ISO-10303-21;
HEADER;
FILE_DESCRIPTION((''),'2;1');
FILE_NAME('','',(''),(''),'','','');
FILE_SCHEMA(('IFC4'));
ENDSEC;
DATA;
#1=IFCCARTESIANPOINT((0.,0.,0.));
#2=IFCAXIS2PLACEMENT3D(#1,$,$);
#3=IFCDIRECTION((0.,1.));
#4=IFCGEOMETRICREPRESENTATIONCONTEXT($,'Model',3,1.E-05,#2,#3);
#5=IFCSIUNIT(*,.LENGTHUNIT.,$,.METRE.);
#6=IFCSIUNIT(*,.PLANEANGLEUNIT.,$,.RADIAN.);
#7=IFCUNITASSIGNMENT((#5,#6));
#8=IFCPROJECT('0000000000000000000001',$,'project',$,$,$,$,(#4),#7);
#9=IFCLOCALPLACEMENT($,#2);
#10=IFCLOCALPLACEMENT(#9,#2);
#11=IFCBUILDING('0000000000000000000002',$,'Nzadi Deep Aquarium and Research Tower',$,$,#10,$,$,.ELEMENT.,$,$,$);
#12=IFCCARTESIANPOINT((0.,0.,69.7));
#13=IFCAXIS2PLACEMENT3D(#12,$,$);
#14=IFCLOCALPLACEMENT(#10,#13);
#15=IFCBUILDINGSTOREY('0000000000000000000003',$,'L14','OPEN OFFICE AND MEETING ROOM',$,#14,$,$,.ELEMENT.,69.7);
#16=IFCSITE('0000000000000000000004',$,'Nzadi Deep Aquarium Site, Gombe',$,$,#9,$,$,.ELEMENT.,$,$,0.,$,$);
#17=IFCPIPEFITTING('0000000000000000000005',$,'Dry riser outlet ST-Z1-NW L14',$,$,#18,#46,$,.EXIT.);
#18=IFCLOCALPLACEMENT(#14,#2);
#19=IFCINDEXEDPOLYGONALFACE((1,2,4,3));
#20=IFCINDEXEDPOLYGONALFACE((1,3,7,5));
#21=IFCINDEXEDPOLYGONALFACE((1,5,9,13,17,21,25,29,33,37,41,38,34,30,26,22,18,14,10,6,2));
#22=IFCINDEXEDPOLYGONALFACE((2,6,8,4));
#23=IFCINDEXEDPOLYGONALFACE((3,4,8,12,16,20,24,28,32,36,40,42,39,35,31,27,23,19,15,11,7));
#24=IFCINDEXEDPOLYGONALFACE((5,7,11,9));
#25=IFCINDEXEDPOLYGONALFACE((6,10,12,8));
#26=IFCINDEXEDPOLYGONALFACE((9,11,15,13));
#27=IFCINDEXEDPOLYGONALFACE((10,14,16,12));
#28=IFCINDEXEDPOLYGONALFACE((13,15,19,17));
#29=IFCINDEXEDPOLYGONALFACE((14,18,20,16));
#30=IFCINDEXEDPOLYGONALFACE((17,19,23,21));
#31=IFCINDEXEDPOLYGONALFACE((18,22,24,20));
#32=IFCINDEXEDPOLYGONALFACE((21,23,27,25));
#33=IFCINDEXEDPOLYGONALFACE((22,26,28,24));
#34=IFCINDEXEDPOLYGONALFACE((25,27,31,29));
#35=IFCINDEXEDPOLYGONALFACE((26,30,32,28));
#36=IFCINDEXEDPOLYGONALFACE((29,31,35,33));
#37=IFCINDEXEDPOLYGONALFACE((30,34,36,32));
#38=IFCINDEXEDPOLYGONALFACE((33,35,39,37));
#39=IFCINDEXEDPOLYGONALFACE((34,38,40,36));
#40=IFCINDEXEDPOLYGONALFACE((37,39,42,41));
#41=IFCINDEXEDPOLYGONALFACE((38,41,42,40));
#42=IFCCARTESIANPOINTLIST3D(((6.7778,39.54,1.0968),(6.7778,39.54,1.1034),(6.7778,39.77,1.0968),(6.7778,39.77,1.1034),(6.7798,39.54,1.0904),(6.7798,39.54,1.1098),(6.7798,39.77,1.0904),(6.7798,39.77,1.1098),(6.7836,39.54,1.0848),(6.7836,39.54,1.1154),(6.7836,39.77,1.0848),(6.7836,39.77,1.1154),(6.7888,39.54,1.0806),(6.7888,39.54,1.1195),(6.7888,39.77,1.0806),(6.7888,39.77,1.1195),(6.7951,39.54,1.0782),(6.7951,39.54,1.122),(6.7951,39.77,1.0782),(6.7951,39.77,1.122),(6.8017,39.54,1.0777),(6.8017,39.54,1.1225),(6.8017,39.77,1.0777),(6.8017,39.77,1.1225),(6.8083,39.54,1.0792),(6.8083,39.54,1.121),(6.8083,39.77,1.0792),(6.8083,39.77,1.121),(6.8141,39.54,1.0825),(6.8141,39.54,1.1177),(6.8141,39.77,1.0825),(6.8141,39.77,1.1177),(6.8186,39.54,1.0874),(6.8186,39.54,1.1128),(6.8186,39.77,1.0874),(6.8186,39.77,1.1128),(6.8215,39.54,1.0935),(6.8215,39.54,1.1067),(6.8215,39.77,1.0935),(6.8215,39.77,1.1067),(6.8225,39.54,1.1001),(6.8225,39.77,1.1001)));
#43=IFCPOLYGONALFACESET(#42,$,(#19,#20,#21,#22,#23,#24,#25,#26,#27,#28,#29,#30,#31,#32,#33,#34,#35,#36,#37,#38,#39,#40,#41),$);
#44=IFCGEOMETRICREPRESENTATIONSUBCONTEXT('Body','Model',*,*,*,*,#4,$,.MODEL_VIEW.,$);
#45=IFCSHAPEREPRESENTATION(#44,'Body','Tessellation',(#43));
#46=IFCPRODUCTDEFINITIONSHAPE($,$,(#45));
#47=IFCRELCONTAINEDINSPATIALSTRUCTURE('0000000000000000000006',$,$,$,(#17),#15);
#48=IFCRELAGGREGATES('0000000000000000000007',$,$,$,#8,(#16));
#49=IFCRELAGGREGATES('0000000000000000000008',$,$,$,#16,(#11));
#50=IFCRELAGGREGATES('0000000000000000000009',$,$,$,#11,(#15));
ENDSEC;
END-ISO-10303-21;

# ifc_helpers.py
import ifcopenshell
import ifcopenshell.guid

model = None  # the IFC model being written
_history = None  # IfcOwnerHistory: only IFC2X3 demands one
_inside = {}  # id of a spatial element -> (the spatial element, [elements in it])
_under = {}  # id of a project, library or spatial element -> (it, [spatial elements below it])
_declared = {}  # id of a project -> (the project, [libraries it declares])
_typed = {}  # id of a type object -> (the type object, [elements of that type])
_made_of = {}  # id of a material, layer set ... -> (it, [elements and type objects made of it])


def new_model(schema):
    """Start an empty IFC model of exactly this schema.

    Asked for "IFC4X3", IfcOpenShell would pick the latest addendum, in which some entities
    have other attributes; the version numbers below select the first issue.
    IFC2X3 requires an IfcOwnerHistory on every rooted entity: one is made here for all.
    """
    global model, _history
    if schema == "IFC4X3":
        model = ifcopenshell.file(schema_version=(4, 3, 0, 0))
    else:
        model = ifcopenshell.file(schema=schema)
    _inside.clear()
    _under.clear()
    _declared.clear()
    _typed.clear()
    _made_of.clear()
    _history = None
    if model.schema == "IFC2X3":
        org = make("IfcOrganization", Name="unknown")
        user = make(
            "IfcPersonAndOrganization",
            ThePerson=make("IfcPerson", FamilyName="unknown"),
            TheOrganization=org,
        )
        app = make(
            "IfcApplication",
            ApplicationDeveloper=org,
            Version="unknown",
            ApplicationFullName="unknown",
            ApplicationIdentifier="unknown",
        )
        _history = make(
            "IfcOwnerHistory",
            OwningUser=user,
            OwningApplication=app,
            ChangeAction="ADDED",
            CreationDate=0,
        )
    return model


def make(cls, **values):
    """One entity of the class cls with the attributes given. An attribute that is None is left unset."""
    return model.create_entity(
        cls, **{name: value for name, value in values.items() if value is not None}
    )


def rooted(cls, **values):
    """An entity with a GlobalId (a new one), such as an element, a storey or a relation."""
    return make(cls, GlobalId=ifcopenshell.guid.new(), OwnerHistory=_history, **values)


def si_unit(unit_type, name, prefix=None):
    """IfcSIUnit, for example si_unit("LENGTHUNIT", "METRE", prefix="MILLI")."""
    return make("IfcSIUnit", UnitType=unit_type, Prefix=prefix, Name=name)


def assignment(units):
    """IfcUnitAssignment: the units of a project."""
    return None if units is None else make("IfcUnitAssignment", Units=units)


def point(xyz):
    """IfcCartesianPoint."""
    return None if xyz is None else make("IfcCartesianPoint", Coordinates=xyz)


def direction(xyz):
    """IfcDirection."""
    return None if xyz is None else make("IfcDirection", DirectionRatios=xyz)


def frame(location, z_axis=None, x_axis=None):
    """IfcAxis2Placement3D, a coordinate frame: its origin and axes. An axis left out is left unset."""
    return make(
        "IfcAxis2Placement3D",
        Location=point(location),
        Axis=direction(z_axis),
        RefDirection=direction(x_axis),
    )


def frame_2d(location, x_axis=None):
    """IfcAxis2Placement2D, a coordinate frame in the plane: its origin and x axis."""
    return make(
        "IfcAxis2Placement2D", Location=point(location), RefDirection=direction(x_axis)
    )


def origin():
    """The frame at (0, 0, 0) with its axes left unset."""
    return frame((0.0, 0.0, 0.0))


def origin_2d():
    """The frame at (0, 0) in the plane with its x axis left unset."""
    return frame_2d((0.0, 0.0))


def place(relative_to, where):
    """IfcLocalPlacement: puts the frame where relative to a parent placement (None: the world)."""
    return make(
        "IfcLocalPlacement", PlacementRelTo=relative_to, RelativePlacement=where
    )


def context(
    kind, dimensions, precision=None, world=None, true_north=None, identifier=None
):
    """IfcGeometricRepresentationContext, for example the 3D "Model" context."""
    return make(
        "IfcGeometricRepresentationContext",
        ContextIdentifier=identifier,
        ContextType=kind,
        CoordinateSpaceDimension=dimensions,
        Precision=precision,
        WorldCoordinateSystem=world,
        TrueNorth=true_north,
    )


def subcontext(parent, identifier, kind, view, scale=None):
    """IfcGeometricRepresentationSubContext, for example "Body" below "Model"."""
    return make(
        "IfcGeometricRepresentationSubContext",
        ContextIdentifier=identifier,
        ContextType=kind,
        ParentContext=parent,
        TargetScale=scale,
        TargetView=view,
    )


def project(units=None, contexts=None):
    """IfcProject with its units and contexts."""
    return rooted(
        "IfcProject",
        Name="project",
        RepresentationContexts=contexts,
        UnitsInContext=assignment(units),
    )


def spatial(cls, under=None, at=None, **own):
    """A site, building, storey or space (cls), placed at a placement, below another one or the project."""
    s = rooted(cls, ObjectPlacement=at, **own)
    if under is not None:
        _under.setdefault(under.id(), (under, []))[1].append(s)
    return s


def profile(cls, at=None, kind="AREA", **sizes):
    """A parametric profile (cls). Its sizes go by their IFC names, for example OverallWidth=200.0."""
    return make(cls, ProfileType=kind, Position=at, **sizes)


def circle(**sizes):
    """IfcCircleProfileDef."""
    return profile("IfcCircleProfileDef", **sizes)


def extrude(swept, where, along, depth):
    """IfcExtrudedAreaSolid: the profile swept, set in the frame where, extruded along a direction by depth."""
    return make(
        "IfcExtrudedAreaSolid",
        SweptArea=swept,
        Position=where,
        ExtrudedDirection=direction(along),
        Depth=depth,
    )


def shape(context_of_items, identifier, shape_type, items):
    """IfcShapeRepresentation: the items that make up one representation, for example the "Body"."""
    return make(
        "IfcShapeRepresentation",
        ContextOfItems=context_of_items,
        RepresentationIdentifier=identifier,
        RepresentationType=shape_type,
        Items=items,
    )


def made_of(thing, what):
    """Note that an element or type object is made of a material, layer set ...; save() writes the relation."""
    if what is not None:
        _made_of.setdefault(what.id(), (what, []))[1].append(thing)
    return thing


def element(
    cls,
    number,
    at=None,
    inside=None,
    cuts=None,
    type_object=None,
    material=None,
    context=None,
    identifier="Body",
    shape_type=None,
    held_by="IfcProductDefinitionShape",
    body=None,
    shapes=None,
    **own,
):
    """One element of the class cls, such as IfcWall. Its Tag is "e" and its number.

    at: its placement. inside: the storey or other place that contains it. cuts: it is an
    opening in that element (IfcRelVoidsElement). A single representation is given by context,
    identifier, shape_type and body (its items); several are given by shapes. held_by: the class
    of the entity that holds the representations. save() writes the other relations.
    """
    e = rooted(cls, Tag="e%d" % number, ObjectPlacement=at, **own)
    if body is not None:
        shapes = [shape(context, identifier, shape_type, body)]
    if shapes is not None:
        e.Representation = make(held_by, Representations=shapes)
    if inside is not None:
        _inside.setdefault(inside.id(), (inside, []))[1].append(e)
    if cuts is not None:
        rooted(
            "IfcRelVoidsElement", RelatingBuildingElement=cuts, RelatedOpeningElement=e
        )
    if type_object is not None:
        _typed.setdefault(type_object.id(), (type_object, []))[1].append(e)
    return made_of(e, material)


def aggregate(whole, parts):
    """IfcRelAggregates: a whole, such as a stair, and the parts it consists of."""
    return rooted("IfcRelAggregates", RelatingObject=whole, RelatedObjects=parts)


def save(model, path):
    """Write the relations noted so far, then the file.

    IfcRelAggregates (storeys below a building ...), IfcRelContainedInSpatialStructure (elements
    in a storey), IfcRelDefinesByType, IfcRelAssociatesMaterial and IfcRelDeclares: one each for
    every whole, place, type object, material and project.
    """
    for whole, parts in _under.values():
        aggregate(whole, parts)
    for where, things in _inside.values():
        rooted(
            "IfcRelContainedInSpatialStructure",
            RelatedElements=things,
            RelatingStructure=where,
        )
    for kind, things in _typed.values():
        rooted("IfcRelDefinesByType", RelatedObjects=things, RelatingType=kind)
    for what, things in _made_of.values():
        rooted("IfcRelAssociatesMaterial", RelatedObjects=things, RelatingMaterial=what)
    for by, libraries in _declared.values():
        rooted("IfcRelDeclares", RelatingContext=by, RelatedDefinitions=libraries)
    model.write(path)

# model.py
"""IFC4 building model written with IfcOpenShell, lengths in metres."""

from ifc_helpers import new_model, si_unit, direction, frame, origin, origin_2d, place, context, subcontext, project, spatial, circle, extrude, element, save


model = new_model("IFC4")

# Units and contexts
model_context = context("Model", 3, precision=1e-05, world=origin(), true_north=direction((0.0, 1.0)))
body_context = subcontext(model_context, "Body", "Model", "MODEL_VIEW")
ifc_project = project(units=[si_unit("LENGTHUNIT", "METRE"), si_unit("PLANEANGLEUNIT", "RADIAN")], contexts=[model_context])

# Site, building, storey
site_placement = place(None, origin())
site = spatial("IfcSite", under=ifc_project, at=site_placement, Name="Nzadi Deep Aquarium Site, Gombe", CompositionType="ELEMENT", RefElevation=0.0)
building_placement = place(site_placement, origin())
building = spatial("IfcBuilding", under=site, at=building_placement, Name="Nzadi Deep Aquarium and Research Tower", CompositionType="ELEMENT")
storey_placement = place(building_placement, frame((0.0, 0.0, 69.7)))
storey = spatial("IfcBuildingStorey", under=building, at=storey_placement, Name="L14", Description="OPEN OFFICE AND MEETING ROOM", CompositionType="ELEMENT", Elevation=69.7)

# Pipe fitting
pipe_fitting_placement = place(storey_placement, frame((6.8, 39.77, 1.1001), z_axis=(0.0, -1.0, 0.0), x_axis=(1.0, 0.0, 0.0)))
element("IfcPipeFitting", 1, at=pipe_fitting_placement, inside=storey, Name="Dry riser outlet ST-Z1-NW L14", PredefinedType="EXIT", context=body_context, shape_type="SweptSolid", body=[
    extrude(circle(Radius=0.0225, at=origin_2d()), origin(), (0.0, 0.0, 1.0), 0.23),
])

save(model, "model.ifc")
